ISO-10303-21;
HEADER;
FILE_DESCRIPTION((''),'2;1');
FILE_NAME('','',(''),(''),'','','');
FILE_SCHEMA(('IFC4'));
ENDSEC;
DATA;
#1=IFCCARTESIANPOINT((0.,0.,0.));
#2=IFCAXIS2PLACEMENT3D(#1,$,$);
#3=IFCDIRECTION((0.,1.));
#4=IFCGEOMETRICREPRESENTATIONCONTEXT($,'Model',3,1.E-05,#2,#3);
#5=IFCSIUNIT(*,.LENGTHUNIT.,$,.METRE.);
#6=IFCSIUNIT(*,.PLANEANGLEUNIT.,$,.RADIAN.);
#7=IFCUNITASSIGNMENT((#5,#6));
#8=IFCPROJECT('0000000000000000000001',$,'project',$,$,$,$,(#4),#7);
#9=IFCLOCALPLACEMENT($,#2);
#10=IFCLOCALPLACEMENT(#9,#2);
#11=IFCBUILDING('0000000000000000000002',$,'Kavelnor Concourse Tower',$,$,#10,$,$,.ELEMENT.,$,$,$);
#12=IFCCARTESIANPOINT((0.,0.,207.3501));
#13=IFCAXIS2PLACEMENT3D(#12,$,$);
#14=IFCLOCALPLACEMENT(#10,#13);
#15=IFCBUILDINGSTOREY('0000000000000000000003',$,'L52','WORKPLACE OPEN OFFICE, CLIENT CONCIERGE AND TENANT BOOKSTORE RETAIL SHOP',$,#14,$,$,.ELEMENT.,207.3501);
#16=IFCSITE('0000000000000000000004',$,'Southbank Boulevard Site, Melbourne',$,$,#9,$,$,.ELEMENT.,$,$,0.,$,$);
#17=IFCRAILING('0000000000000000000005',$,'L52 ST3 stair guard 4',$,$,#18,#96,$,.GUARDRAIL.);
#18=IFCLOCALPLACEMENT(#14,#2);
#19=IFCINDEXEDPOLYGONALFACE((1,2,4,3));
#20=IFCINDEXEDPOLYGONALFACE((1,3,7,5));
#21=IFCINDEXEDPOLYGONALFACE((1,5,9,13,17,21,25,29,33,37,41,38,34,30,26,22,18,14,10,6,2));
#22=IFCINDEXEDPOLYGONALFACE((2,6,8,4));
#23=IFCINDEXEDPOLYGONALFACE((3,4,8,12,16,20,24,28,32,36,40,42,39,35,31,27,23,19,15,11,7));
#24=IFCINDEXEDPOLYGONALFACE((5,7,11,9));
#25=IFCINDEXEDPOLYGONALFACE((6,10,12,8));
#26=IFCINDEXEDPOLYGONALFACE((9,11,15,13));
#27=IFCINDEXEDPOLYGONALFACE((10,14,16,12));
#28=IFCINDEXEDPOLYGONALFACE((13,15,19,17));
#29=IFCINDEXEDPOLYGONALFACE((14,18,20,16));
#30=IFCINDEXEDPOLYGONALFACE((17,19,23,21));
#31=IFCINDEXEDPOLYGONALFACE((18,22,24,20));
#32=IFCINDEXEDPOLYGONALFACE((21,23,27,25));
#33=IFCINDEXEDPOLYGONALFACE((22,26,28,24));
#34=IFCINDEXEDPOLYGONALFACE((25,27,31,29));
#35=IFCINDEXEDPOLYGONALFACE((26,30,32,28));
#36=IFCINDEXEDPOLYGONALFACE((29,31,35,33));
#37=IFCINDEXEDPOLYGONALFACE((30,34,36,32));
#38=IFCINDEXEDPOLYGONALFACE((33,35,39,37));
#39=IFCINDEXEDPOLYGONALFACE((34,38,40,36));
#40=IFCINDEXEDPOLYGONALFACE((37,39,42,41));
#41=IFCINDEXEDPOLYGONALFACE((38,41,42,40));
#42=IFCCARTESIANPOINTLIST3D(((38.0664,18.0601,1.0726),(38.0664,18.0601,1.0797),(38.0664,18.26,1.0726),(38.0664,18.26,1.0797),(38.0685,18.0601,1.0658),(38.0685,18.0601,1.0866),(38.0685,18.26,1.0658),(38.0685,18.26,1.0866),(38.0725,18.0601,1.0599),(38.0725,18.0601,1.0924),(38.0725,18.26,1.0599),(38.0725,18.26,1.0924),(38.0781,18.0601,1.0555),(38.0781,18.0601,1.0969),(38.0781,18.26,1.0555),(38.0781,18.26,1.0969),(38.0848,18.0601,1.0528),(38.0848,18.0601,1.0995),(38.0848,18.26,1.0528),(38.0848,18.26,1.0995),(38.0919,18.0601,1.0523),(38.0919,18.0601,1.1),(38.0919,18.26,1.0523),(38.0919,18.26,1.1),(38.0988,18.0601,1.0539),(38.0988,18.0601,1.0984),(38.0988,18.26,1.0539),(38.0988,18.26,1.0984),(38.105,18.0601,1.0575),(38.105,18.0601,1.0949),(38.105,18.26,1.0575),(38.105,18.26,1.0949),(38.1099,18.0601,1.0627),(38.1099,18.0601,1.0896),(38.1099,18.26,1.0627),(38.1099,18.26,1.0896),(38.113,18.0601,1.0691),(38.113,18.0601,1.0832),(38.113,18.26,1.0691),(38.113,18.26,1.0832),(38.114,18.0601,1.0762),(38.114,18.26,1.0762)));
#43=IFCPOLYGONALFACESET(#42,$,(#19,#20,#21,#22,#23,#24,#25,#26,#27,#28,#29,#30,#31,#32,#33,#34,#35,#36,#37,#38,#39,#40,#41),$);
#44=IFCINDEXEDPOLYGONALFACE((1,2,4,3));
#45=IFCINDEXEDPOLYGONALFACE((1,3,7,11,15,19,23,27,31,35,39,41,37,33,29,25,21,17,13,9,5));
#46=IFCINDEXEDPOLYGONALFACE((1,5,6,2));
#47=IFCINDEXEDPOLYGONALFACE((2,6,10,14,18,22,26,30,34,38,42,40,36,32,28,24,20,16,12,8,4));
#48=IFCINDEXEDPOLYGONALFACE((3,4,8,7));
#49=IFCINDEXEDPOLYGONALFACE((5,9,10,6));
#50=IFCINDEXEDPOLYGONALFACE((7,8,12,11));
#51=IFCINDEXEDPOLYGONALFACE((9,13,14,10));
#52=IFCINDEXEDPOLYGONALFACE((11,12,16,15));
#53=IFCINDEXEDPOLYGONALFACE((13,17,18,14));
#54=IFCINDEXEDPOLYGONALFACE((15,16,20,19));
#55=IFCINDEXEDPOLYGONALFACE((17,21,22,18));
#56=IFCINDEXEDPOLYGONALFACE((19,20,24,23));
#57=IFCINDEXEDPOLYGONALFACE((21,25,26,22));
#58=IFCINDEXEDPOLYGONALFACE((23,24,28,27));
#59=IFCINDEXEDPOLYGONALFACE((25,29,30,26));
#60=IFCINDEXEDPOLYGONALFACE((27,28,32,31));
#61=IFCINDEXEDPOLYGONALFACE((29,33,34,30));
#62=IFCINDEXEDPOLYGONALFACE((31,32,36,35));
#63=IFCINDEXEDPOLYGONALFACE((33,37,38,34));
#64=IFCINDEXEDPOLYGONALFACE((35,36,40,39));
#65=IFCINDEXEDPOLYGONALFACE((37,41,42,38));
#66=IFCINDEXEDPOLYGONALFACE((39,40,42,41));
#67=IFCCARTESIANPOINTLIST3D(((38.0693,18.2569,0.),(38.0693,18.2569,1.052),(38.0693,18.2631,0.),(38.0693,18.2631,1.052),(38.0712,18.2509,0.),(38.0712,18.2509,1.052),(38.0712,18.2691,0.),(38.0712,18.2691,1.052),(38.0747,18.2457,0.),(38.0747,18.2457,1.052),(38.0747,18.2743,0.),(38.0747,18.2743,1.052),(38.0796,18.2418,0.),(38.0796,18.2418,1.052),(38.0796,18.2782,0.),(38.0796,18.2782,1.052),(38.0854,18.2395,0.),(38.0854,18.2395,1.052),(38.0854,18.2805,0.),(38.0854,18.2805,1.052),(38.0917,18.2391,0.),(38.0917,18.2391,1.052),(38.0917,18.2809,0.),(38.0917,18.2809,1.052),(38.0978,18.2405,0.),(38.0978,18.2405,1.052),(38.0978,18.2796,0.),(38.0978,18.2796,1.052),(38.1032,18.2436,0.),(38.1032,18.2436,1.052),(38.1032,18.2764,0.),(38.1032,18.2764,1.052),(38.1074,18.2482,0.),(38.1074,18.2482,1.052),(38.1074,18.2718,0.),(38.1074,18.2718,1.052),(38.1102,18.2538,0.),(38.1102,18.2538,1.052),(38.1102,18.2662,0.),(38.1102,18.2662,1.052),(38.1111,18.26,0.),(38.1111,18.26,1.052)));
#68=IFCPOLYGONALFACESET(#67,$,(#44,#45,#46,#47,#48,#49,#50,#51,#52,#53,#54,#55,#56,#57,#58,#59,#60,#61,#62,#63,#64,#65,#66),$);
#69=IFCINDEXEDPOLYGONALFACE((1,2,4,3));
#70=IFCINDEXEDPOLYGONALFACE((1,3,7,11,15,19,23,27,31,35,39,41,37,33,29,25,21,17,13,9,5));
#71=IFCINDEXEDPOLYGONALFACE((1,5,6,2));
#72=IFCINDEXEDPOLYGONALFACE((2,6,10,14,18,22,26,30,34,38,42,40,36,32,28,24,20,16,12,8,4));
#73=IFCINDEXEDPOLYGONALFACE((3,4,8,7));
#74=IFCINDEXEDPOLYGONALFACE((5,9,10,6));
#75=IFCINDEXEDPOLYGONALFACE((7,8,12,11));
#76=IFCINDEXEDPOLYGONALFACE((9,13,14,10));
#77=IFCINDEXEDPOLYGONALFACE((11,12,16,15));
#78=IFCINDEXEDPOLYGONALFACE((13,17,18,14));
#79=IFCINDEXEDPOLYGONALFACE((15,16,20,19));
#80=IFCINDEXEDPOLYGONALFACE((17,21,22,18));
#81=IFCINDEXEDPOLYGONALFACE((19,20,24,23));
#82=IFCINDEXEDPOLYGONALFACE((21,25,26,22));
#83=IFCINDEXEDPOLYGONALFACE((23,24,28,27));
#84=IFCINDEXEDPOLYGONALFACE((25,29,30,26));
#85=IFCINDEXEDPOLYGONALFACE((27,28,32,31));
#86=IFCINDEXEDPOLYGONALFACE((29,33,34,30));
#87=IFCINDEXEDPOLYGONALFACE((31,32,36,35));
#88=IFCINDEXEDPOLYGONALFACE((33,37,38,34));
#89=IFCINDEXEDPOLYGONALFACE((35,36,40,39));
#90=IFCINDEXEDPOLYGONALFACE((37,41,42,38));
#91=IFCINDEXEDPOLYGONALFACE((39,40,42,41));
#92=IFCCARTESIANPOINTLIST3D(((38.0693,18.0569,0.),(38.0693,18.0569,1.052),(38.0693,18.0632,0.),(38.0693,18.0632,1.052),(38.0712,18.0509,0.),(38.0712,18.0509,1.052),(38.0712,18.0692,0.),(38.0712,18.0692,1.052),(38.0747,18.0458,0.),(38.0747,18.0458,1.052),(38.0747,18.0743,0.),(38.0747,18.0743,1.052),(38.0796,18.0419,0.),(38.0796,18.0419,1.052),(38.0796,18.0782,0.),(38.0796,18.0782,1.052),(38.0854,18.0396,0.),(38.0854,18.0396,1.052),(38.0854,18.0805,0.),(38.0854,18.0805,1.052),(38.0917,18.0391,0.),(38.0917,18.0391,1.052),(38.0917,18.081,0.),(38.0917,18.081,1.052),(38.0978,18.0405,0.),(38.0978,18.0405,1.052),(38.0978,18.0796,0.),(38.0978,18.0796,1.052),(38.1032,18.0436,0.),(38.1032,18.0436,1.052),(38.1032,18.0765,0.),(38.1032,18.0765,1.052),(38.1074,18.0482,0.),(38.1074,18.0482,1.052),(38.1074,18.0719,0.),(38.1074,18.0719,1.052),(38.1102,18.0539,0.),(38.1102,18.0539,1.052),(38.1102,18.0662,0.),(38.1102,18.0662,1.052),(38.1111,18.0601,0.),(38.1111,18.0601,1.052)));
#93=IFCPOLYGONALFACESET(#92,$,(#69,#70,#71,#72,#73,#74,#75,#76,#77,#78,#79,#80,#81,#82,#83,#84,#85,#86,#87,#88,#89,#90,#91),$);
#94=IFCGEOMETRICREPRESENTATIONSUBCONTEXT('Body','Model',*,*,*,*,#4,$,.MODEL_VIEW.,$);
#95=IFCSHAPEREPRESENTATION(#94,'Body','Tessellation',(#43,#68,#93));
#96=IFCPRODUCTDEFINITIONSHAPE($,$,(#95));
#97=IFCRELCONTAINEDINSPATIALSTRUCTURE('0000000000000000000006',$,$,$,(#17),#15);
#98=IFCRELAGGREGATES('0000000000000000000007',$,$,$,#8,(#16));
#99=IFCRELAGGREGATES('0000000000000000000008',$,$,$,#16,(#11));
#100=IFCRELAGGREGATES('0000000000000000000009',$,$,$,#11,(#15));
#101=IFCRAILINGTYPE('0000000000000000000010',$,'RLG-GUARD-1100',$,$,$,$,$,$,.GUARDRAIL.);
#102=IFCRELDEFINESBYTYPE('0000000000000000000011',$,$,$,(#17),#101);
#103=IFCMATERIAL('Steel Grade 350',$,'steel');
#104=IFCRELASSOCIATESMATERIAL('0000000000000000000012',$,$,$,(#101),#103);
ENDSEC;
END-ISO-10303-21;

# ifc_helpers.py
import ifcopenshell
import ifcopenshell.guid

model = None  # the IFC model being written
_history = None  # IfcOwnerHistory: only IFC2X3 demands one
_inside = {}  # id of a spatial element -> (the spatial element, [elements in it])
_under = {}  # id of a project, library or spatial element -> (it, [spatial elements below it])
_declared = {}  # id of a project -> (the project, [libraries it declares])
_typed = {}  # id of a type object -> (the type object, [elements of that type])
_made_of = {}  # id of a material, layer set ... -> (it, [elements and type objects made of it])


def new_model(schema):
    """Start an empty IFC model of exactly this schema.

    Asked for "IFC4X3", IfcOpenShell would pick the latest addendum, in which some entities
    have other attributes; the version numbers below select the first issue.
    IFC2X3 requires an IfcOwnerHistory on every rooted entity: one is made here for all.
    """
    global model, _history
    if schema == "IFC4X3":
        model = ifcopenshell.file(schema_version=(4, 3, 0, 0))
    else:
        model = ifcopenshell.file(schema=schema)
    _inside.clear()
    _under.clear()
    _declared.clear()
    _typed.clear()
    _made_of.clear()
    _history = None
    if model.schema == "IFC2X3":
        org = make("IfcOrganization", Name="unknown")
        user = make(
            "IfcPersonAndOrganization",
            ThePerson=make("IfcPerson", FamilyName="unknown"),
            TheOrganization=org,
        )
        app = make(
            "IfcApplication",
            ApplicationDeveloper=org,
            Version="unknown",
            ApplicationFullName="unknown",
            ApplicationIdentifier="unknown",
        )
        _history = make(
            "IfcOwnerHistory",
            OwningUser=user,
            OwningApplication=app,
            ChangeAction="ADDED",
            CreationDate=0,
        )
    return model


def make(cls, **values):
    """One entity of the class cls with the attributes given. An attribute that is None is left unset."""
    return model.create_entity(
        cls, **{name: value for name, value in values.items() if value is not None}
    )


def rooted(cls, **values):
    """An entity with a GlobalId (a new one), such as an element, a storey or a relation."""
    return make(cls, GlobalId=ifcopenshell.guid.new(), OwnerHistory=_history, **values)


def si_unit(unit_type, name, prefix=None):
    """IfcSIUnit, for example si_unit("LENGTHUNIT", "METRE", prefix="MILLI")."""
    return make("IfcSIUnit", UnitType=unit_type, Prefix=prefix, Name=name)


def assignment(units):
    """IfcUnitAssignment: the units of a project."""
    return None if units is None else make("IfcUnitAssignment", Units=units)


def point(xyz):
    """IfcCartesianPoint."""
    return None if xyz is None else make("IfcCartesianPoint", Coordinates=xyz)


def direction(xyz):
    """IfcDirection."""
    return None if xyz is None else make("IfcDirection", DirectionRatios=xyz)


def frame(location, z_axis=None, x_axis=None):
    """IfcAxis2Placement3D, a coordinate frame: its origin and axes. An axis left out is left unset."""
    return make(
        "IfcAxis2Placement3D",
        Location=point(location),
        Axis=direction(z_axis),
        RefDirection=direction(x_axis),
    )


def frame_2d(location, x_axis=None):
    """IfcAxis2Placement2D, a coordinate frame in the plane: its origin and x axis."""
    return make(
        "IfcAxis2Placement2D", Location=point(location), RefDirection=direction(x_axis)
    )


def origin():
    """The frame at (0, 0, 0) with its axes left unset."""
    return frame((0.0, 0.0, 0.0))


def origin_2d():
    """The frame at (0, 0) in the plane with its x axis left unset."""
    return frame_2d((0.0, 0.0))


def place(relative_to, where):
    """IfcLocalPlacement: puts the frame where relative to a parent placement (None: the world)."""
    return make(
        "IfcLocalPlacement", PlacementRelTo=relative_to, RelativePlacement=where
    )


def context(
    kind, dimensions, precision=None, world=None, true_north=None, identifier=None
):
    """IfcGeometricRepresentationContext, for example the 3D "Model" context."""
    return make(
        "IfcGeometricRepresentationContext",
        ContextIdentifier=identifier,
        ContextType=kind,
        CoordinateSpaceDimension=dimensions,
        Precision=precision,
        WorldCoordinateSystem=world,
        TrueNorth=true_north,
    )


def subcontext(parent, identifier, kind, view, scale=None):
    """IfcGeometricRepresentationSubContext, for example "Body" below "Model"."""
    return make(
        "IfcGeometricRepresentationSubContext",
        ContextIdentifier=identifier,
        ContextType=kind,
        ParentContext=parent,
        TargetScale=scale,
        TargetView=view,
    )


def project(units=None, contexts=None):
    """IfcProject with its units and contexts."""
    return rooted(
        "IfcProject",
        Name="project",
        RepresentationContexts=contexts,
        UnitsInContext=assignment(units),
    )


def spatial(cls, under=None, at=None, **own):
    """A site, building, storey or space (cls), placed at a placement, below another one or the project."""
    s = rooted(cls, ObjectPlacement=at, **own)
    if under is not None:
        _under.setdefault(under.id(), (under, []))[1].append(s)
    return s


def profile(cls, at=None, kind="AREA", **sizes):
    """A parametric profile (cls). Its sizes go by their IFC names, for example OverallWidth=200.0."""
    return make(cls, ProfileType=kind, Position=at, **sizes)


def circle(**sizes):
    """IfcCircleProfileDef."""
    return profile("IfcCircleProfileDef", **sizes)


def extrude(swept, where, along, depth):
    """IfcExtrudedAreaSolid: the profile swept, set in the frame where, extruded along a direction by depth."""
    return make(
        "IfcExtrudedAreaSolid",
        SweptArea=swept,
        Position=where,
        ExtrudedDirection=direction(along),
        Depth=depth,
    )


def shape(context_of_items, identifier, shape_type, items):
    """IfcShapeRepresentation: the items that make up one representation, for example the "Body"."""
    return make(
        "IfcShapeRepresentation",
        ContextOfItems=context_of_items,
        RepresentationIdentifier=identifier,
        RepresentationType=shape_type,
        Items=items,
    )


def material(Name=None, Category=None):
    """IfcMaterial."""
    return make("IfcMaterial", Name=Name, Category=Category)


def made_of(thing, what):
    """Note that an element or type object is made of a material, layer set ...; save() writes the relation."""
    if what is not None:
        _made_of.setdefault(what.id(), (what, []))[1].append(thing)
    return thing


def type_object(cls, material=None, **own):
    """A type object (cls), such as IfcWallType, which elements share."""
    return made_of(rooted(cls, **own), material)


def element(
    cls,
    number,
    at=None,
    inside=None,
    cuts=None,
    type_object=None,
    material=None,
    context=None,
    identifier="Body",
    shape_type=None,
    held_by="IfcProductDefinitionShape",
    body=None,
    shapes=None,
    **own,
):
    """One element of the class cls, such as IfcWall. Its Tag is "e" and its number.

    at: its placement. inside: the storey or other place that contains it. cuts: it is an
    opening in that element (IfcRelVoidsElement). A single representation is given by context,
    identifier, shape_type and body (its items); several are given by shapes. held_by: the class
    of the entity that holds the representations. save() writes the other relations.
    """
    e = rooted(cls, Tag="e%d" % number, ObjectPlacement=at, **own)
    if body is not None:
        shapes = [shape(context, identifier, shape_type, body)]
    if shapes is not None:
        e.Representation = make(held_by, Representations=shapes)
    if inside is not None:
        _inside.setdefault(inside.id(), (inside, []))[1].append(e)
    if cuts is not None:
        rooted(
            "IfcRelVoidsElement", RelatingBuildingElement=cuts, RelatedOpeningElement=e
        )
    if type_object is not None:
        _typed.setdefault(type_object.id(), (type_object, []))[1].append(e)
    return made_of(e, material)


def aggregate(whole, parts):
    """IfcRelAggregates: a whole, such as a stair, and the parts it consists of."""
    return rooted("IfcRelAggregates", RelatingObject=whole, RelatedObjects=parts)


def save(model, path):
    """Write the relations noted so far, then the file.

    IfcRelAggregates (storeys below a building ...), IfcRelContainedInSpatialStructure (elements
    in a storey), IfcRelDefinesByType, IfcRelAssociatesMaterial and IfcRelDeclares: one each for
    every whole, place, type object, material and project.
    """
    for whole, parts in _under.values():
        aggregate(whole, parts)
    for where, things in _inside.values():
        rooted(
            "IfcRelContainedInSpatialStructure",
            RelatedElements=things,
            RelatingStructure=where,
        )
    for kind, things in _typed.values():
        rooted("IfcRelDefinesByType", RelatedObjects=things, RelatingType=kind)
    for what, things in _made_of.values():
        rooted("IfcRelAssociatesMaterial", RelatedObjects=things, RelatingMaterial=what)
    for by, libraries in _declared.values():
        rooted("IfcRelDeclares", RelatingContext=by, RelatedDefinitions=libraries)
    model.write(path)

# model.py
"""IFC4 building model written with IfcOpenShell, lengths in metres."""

from ifc_helpers import new_model, si_unit, direction, frame, origin, origin_2d, place, context, subcontext, project, spatial, circle, extrude, material, type_object, element, save


model = new_model("IFC4")

# Units and contexts
model_context = context("Model", 3, precision=1e-05, world=origin(), true_north=direction((0.0, 1.0)))
body_context = subcontext(model_context, "Body", "Model", "MODEL_VIEW")
ifc_project = project(units=[si_unit("LENGTHUNIT", "METRE"), si_unit("PLANEANGLEUNIT", "RADIAN")], contexts=[model_context])

# Site, building, storey
site_placement = place(None, origin())
site = spatial("IfcSite", under=ifc_project, at=site_placement, Name="Southbank Boulevard Site, Melbourne", CompositionType="ELEMENT", RefElevation=0.0)
building_placement = place(site_placement, origin())
building = spatial("IfcBuilding", under=site, at=building_placement, Name="Kavelnor Concourse Tower", CompositionType="ELEMENT")
storey_placement = place(building_placement, frame((0.0, 0.0, 207.3501)))
storey = spatial("IfcBuildingStorey", under=building, at=storey_placement, Name="L52", Description="WORKPLACE OPEN OFFICE, CLIENT CONCIERGE AND TENANT BOOKSTORE RETAIL SHOP", CompositionType="ELEMENT", Elevation=207.3501)

# Shared definitions
ifc_material_1 = material(Name="Steel Grade 350", Category="steel")

# Railing
railing_type_1 = type_object("IfcRailingType", Name="RLG-GUARD-1100", PredefinedType="GUARDRAIL", material=ifc_material_1)
railing_1_placement = place(storey_placement, frame((38.0901, 18.26, 0.0)))
element("IfcRailing", 1, at=railing_1_placement, inside=storey, type_object=railing_type_1, Name="L52 ST3 stair guard 4", PredefinedType="GUARDRAIL", context=body_context, shape_type="SweptSolid", body=[
    extrude(circle(Radius=0.0239, at=origin_2d()), frame((0.0, 0.0, 1.0762), z_axis=(0.0, -1.0, 0.0), x_axis=(1.0, 0.0, 0.0)), (0.0, 0.0, 1.0), 0.2),
    extrude(circle(Radius=0.021, at=origin_2d()), origin(), (0.0, 0.0, 1.0), 1.052),
    extrude(circle(Radius=0.021, at=origin_2d()), frame((0.0, -0.2, 0.0)), (0.0, 0.0, 1.0), 1.052),
])

save(model, "model.ifc")
